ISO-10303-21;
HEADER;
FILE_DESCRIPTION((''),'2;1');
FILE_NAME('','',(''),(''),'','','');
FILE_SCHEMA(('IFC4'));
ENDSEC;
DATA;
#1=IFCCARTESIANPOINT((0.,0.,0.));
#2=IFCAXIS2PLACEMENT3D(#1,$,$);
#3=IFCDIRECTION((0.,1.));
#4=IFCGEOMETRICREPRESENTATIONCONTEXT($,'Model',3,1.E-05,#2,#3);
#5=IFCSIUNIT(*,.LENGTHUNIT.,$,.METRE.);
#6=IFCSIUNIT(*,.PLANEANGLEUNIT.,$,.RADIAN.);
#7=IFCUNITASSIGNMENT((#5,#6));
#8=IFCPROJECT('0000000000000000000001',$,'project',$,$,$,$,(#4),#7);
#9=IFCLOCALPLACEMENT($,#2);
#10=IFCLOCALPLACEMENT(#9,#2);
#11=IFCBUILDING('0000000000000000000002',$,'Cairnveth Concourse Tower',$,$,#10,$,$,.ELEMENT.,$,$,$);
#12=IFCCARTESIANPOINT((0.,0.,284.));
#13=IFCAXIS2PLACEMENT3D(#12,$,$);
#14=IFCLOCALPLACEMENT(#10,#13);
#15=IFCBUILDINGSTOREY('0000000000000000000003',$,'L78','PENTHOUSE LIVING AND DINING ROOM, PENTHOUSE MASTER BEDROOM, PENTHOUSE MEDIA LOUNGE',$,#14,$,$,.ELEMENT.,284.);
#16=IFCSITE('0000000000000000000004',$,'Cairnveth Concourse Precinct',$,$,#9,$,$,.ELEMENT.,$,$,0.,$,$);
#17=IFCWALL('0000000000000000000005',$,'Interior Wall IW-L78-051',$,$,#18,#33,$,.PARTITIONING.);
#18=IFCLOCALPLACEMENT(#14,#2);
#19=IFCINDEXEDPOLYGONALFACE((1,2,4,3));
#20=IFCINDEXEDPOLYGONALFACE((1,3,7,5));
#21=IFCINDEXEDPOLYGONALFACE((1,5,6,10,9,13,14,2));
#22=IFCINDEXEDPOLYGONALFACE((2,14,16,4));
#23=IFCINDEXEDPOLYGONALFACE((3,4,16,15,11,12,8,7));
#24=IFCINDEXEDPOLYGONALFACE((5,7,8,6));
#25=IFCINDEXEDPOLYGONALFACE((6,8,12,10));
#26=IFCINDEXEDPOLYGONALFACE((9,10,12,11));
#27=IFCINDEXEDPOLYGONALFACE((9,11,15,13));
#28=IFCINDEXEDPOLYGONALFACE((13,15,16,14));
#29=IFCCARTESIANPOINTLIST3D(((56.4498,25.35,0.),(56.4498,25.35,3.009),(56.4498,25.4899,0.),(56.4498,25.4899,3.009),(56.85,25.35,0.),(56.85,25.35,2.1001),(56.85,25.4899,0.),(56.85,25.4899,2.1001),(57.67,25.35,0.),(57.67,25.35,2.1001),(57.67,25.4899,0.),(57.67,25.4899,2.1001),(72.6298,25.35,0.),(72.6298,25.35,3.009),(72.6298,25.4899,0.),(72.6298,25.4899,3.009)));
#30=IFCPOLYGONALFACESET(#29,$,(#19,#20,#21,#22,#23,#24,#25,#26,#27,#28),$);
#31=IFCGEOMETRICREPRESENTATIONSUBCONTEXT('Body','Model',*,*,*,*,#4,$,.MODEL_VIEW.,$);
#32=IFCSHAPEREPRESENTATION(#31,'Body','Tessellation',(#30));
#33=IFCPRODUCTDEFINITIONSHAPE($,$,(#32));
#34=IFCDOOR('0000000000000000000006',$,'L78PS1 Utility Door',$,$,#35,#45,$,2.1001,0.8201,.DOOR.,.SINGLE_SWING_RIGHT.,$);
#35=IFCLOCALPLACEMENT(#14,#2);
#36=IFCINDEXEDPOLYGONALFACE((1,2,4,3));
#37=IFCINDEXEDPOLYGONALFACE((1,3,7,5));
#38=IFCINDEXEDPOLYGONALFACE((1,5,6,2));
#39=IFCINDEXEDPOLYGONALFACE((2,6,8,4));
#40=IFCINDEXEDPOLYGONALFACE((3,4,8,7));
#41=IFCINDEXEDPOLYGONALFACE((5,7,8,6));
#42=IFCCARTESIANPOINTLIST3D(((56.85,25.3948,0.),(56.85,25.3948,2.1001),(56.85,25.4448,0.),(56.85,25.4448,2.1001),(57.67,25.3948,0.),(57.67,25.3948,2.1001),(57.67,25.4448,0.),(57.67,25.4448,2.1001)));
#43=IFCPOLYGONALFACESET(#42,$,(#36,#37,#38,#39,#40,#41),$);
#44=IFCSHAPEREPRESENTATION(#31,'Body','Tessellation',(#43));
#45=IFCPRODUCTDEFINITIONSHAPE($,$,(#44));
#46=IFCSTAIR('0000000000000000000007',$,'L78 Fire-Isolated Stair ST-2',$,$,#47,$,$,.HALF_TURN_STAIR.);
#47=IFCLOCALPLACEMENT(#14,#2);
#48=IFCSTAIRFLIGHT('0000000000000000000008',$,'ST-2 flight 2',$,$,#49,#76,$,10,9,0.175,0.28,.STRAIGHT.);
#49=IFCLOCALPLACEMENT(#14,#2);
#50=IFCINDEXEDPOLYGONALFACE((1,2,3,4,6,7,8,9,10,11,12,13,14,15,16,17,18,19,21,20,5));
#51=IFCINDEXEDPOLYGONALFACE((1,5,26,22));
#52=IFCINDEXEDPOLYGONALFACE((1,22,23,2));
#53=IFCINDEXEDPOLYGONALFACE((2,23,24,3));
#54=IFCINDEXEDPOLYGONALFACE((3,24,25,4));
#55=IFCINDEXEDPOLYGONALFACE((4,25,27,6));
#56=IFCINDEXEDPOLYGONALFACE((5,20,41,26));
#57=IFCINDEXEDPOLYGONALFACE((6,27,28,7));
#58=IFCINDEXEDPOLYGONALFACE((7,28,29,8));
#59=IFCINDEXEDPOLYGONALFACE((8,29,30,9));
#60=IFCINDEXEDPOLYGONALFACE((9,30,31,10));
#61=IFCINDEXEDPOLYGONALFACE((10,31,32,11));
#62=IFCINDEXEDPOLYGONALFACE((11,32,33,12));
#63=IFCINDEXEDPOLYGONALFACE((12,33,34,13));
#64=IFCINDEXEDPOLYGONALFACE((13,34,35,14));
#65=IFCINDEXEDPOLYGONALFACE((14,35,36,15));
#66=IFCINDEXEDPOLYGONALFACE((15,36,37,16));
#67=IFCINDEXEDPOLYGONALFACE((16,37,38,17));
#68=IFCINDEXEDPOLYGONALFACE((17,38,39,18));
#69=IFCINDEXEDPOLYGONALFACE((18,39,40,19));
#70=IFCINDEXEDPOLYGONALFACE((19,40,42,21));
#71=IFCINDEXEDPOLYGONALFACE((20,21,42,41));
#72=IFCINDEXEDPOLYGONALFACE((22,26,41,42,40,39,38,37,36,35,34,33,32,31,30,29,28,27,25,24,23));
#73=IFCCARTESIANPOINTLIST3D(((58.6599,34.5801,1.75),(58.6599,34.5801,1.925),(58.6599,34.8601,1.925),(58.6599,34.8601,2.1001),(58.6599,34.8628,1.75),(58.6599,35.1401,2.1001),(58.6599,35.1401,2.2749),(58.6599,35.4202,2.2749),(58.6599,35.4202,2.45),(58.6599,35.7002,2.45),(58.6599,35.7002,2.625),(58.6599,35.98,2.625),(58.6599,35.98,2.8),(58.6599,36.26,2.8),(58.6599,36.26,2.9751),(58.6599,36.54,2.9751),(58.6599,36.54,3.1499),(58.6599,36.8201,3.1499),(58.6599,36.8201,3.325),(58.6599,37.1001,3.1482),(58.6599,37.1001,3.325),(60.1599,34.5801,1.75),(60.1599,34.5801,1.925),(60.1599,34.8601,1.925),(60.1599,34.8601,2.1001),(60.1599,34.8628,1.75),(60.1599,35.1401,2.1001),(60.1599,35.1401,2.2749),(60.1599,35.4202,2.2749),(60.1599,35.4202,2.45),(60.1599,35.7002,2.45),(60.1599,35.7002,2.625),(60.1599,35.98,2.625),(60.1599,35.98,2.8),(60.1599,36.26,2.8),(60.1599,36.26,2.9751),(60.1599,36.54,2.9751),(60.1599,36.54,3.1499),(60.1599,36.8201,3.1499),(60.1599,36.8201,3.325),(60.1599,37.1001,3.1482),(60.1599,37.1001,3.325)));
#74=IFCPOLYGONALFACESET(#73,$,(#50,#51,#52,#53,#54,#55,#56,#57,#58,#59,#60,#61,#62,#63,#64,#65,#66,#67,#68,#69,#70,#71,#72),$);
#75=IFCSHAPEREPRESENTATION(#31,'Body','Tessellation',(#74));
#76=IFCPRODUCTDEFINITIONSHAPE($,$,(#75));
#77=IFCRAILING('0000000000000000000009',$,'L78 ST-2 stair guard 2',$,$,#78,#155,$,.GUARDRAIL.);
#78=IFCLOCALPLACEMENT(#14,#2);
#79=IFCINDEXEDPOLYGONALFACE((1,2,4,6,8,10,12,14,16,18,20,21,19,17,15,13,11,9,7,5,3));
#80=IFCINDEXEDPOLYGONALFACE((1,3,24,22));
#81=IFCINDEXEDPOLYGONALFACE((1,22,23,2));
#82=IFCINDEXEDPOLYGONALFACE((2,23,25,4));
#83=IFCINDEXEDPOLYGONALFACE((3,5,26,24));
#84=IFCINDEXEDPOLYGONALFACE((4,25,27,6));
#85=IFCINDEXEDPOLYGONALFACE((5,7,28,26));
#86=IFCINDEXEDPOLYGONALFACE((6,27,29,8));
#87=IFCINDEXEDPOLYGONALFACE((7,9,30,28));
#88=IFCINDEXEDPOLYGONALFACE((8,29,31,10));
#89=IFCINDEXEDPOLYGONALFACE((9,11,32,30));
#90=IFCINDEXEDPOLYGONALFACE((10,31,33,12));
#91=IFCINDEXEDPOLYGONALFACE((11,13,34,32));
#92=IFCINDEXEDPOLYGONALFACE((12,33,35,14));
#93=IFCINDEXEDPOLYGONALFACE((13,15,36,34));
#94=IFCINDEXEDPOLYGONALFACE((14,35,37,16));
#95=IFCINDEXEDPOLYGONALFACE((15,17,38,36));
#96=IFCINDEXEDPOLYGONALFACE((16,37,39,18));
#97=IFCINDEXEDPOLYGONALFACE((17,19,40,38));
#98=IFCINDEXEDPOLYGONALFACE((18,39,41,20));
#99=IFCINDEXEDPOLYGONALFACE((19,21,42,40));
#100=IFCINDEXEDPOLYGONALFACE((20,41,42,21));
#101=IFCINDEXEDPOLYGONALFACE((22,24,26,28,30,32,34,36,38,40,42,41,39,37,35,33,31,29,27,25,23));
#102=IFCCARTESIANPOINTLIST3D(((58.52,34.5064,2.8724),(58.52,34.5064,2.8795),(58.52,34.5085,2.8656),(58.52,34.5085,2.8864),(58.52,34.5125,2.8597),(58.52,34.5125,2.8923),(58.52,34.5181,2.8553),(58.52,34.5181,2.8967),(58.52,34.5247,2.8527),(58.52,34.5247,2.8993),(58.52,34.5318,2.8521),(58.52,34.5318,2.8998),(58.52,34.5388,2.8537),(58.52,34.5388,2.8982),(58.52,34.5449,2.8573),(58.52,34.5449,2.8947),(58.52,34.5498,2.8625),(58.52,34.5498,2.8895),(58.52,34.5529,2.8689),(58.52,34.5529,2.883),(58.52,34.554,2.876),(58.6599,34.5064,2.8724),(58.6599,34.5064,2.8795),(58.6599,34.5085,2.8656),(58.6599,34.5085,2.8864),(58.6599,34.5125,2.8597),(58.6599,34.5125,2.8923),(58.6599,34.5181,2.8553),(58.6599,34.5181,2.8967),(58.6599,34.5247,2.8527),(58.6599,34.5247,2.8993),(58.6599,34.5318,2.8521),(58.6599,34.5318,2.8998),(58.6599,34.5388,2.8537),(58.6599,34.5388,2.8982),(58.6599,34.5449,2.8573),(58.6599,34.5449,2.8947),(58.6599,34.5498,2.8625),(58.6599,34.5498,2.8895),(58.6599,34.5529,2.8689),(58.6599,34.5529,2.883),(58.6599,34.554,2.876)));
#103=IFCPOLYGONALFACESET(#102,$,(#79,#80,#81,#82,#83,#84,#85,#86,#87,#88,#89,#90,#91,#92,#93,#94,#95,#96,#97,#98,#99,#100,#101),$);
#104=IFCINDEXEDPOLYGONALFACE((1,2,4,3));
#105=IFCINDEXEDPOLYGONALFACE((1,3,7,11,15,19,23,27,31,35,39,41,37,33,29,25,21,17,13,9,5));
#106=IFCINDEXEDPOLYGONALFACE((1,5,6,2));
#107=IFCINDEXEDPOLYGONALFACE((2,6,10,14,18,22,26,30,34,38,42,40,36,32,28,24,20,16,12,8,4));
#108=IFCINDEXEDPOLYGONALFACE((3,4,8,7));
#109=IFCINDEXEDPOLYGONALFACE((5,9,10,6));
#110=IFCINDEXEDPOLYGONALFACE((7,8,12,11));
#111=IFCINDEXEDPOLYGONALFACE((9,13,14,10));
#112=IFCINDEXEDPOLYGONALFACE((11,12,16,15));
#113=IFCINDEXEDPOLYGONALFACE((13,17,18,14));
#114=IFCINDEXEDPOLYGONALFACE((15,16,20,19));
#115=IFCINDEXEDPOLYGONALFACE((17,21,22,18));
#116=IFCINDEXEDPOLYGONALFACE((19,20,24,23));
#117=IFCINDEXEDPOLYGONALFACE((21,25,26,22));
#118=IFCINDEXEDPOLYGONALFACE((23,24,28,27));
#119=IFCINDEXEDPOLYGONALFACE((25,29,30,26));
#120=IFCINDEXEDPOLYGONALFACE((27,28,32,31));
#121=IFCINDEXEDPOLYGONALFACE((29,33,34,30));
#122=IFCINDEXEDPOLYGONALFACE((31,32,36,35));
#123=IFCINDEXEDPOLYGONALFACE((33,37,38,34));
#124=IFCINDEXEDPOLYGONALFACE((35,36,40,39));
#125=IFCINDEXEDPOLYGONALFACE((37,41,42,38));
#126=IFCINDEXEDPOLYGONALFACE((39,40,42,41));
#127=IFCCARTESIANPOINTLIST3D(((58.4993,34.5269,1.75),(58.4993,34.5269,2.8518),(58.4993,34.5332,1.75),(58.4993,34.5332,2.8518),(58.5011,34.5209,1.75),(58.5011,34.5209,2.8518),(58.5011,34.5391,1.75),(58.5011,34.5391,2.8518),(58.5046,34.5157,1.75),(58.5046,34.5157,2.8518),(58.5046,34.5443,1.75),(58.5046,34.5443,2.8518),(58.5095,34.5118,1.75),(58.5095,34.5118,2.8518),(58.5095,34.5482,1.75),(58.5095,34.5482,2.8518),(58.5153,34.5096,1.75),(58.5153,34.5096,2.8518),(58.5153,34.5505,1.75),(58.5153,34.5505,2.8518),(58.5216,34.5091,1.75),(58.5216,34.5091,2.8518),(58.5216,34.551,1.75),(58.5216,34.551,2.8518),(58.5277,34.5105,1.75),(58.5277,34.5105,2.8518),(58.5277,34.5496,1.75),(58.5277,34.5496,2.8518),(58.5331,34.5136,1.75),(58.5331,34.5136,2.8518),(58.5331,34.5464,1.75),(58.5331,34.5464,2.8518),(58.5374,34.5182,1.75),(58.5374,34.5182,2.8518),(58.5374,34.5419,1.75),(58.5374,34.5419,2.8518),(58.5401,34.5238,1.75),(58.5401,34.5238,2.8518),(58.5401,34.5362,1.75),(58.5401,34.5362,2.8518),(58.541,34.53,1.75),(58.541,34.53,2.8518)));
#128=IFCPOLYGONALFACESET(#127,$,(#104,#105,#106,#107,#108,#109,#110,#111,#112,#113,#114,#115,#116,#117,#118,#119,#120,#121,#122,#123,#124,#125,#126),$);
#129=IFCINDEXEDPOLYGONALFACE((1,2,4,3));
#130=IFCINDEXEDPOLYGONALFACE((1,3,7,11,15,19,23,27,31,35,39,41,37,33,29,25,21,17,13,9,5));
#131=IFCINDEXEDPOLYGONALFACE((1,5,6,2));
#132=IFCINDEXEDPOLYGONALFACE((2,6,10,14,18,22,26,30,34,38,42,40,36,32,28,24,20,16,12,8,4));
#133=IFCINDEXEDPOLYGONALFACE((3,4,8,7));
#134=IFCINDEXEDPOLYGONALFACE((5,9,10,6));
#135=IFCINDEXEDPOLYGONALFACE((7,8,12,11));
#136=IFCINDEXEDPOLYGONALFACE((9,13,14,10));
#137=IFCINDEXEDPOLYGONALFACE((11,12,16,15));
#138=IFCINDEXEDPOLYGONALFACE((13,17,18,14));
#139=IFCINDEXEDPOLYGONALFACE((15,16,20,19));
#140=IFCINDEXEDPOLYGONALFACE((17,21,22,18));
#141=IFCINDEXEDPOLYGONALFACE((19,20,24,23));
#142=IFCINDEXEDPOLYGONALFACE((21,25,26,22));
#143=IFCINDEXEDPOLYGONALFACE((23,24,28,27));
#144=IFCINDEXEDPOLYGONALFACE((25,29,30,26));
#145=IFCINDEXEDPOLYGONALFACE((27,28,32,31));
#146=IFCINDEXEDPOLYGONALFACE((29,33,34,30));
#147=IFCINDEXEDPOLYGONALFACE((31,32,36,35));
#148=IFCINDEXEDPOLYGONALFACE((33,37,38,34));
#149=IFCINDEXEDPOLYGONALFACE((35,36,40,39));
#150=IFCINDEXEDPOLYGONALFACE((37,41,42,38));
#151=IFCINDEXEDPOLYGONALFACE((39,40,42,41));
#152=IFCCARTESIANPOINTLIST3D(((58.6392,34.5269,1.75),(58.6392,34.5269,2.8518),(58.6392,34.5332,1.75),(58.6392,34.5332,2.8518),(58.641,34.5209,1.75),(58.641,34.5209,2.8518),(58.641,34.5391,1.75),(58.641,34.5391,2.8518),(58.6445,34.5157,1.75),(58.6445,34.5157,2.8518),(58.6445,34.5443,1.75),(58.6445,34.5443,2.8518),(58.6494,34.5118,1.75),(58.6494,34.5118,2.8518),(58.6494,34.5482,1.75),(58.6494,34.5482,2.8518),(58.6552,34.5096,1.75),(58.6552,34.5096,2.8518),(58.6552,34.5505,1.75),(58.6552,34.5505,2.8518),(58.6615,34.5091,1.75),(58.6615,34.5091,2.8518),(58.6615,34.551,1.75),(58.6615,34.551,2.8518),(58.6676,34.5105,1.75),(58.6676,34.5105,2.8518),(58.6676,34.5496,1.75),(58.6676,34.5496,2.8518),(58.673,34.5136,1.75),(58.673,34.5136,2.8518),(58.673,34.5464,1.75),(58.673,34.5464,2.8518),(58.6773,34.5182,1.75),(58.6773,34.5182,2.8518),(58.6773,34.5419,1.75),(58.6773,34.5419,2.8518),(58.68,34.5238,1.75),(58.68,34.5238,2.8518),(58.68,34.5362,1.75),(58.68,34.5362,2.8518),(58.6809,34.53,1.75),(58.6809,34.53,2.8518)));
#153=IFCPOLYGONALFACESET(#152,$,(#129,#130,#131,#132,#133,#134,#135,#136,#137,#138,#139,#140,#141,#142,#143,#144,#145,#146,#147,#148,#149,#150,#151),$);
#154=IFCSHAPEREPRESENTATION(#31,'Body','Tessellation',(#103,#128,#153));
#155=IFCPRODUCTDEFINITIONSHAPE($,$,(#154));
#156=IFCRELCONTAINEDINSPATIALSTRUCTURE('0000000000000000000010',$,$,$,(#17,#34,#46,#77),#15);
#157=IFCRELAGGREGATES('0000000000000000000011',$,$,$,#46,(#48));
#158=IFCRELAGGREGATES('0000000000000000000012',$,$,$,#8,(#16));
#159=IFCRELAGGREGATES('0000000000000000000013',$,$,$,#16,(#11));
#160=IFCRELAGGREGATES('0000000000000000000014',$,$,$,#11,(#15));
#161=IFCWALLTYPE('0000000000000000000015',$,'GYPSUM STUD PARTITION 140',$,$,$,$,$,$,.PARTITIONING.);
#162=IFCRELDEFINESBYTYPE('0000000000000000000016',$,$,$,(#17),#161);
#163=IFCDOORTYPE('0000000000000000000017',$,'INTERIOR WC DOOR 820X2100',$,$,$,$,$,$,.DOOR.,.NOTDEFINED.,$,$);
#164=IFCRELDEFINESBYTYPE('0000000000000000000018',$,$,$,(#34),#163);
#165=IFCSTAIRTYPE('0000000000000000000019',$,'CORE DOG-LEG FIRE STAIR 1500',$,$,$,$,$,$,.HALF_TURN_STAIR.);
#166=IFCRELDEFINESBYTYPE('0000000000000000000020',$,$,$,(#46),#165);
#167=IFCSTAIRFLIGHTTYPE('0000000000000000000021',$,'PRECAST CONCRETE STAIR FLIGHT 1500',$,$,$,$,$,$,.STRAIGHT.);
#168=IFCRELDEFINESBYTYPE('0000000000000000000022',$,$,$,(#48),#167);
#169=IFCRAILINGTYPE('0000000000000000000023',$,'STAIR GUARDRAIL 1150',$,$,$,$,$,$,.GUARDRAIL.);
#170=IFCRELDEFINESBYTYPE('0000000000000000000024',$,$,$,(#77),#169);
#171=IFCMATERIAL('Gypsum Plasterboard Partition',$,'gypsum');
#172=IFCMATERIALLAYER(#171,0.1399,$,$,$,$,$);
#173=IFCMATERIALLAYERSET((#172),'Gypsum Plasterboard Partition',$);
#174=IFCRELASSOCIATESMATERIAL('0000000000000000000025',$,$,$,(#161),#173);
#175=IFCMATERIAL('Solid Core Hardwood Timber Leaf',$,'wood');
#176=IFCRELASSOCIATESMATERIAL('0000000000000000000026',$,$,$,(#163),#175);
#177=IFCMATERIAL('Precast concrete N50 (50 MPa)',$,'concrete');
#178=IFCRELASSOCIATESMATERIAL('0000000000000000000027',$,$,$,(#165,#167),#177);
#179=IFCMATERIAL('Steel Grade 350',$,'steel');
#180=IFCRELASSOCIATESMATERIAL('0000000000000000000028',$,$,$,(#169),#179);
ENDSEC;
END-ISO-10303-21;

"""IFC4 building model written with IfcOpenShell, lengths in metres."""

from ifc_helpers import new_model, si_unit, direction, frame, frame_2d, origin, origin_2d, place, context, subcontext, project, spatial, polyline, rectangle, circle, outline, extrude, material, layer, layer_set, type_object, element, fill, aggregate, save


model = new_model("IFC4")

# Units and contexts
model_context = context("Model", 3, precision=1e-05, world=origin(), true_north=direction((0.0, 1.0)))
body_context = subcontext(model_context, "Body", "Model", "MODEL_VIEW")
ifc_project = project(units=[si_unit("LENGTHUNIT", "METRE"), si_unit("PLANEANGLEUNIT", "RADIAN")], contexts=[model_context])

# Site, building, storey
site_placement = place(None, origin())
site = spatial("IfcSite", under=ifc_project, at=site_placement, Name="Cairnveth Concourse Precinct", CompositionType="ELEMENT", RefElevation=0.0)
building_placement = place(site_placement, origin())
building = spatial("IfcBuilding", under=site, at=building_placement, Name="Cairnveth Concourse Tower", CompositionType="ELEMENT")
storey_placement = place(building_placement, frame((0.0, 0.0, 284.0)))
storey = spatial("IfcBuildingStorey", under=building, at=storey_placement, Name="L78", Description="PENTHOUSE LIVING AND DINING ROOM, PENTHOUSE MASTER BEDROOM, PENTHOUSE MEDIA LOUNGE", CompositionType="ELEMENT", Elevation=284.0)

# Shared definitions
ifc_material_1 = material(Name="Steel Grade 350", Category="steel")

# Shared definitions
ifc_material_2 = material(Name="Gypsum Plasterboard Partition", Category="gypsum")

# Shared definitions
ifc_material_3 = material(Name="Solid Core Hardwood Timber Leaf", Category="wood")

# Wall, opening, door
ifc_layer_1 = layer(ifc_material_2, 0.1399)
ifc_layer_set_1 = layer_set([ifc_layer_1], Name="Gypsum Plasterboard Partition")
wall_type_1 = type_object("IfcWallType", Name="GYPSUM STUD PARTITION 140", PredefinedType="PARTITIONING", material=ifc_layer_set_1)
wall_1_placement = place(storey_placement, frame((56.45, 25.4199, 0.0), z_axis=(0.0, 0.0, 1.0), x_axis=(1.0, 0.0, 0.0)))
wall_1 = element("IfcWall", 1, at=wall_1_placement, inside=storey, type_object=wall_type_1, Name="Interior Wall IW-L78-051", PredefinedType="PARTITIONING", context=body_context, shape_type="SweptSolid", body=[
    extrude(rectangle(XDim=16.1799, YDim=0.1399, at=frame_2d((8.0898, 0.0))), origin(), (0.0, 0.0, 1.0), 3.009),
])
opening_1_placement = place(wall_1_placement, frame((0.3999, 0.0, 0.0)))
opening_1 = element("IfcOpeningElement", 2, at=opening_1_placement, cuts=wall_1, PredefinedType="OPENING", context=body_context, shape_type="SweptSolid", body=[
    extrude(rectangle(XDim=0.8201, YDim=2.1001, at=frame_2d((0.4102, 1.05))), frame((0.0, 0.0798, 0.0), z_axis=(0.0, -1.0, 0.0), x_axis=(1.0, 0.0, 0.0)), (0.0, 0.0, 1.0), 0.1599),
])
door_type_1 = type_object("IfcDoorType", Name="INTERIOR WC DOOR 820X2100", OperationType="NOTDEFINED", PredefinedType="DOOR", material=ifc_material_3)
door_1_placement = place(opening_1_placement, origin())
door_1 = element("IfcDoor", 3, at=door_1_placement, inside=storey, type_object=door_type_1, Name="L78PS1 Utility Door", OperationType="SINGLE_SWING_RIGHT", OverallHeight=2.1001, OverallWidth=0.8201, PredefinedType="DOOR", context=body_context, shape_type="SweptSolid", body=[
    extrude(rectangle(XDim=0.8201, YDim=2.1001, at=frame_2d((0.4102, 1.05))), frame((0.0, 0.0249, 0.0), z_axis=(0.0, -1.0, 0.0), x_axis=(1.0, 0.0, 0.0)), (0.0, 0.0, 1.0), 0.05),
])
fill(opening_1, door_1)

# Stair, stair flight
ifc_material_4 = material(Name="Precast concrete N50 (50 MPa)", Category="concrete")
stair_type = type_object("IfcStairType", Name="CORE DOG-LEG FIRE STAIR 1500", PredefinedType="HALF_TURN_STAIR", material=ifc_material_4)
stair_placement = place(storey_placement, origin())
stair = element("IfcStair", 4, at=stair_placement, inside=storey, type_object=stair_type, Name="L78 Fire-Isolated Stair ST-2", PredefinedType="HALF_TURN_STAIR")
stair_flight_type = type_object("IfcStairFlightType", Name="PRECAST CONCRETE STAIR FLIGHT 1500", PredefinedType="STRAIGHT", material=ifc_material_4)
stair_flight_placement = place(storey_placement, frame((59.4099, 34.5801, 1.75), z_axis=(0.0, 0.0, 1.0), x_axis=(0.0, 1.0, 0.0)))
stair_flight = element("IfcStairFlight", 5, at=stair_flight_placement, type_object=stair_flight_type, Name="ST-2 flight 2", NumberOfRisers=10, NumberOfTreads=9, PredefinedType="STRAIGHT", RiserHeight=0.175, TreadLength=0.28, context=body_context, shape_type="SweptSolid", body=[
    extrude(outline(polyline([(0.0, 0.0), (0.0, 0.175), (0.28, 0.175), (0.28, 0.3501), (0.5601, 0.3501), (0.5601, 0.5249), (0.8401, 0.5249), (0.8401, 0.7), (1.1201, 0.7), (1.1201, 0.875), (1.3999, 0.875), (1.3999, 1.05), (1.6799, 1.05), (1.6799, 1.2251), (1.96, 1.2251), (1.96, 1.3999), (2.24, 1.3999), (2.24, 1.575), (2.52, 1.575), (2.52, 1.75), (2.52, 1.3982), (0.2827, 0.0), (0.0, 0.0)])), frame((0.0, 0.75, 0.0), z_axis=(0.0, -1.0, 0.0), x_axis=(1.0, 0.0, 0.0)), (0.0, 0.0, 1.0), 1.5),
])
aggregate(stair, [stair_flight])

# Railing
railing_type_1 = type_object("IfcRailingType", Name="STAIR GUARDRAIL 1150", PredefinedType="GUARDRAIL", material=ifc_material_1)
railing_1_placement = place(storey_placement, frame((58.52, 34.53, 1.75)))
element("IfcRailing", 6, at=railing_1_placement, inside=storey, type_object=railing_type_1, Name="L78 ST-2 stair guard 2", PredefinedType="GUARDRAIL", context=body_context, shape_type="SweptSolid", body=[
    extrude(circle(Radius=0.0239, at=origin_2d()), frame((0.0, 0.0, 1.126), z_axis=(1.0, 0.0, 0.0), x_axis=(0.0, 1.0, 0.0)), (0.0, 0.0, 1.0), 0.1399),
    extrude(circle(Radius=0.021, at=origin_2d()), origin(), (0.0, 0.0, 1.0), 1.1018),
    extrude(circle(Radius=0.021, at=origin_2d()), frame((0.1399, 0.0, 0.0)), (0.0, 0.0, 1.0), 1.1018),
])

save(model, "model.ifc")
